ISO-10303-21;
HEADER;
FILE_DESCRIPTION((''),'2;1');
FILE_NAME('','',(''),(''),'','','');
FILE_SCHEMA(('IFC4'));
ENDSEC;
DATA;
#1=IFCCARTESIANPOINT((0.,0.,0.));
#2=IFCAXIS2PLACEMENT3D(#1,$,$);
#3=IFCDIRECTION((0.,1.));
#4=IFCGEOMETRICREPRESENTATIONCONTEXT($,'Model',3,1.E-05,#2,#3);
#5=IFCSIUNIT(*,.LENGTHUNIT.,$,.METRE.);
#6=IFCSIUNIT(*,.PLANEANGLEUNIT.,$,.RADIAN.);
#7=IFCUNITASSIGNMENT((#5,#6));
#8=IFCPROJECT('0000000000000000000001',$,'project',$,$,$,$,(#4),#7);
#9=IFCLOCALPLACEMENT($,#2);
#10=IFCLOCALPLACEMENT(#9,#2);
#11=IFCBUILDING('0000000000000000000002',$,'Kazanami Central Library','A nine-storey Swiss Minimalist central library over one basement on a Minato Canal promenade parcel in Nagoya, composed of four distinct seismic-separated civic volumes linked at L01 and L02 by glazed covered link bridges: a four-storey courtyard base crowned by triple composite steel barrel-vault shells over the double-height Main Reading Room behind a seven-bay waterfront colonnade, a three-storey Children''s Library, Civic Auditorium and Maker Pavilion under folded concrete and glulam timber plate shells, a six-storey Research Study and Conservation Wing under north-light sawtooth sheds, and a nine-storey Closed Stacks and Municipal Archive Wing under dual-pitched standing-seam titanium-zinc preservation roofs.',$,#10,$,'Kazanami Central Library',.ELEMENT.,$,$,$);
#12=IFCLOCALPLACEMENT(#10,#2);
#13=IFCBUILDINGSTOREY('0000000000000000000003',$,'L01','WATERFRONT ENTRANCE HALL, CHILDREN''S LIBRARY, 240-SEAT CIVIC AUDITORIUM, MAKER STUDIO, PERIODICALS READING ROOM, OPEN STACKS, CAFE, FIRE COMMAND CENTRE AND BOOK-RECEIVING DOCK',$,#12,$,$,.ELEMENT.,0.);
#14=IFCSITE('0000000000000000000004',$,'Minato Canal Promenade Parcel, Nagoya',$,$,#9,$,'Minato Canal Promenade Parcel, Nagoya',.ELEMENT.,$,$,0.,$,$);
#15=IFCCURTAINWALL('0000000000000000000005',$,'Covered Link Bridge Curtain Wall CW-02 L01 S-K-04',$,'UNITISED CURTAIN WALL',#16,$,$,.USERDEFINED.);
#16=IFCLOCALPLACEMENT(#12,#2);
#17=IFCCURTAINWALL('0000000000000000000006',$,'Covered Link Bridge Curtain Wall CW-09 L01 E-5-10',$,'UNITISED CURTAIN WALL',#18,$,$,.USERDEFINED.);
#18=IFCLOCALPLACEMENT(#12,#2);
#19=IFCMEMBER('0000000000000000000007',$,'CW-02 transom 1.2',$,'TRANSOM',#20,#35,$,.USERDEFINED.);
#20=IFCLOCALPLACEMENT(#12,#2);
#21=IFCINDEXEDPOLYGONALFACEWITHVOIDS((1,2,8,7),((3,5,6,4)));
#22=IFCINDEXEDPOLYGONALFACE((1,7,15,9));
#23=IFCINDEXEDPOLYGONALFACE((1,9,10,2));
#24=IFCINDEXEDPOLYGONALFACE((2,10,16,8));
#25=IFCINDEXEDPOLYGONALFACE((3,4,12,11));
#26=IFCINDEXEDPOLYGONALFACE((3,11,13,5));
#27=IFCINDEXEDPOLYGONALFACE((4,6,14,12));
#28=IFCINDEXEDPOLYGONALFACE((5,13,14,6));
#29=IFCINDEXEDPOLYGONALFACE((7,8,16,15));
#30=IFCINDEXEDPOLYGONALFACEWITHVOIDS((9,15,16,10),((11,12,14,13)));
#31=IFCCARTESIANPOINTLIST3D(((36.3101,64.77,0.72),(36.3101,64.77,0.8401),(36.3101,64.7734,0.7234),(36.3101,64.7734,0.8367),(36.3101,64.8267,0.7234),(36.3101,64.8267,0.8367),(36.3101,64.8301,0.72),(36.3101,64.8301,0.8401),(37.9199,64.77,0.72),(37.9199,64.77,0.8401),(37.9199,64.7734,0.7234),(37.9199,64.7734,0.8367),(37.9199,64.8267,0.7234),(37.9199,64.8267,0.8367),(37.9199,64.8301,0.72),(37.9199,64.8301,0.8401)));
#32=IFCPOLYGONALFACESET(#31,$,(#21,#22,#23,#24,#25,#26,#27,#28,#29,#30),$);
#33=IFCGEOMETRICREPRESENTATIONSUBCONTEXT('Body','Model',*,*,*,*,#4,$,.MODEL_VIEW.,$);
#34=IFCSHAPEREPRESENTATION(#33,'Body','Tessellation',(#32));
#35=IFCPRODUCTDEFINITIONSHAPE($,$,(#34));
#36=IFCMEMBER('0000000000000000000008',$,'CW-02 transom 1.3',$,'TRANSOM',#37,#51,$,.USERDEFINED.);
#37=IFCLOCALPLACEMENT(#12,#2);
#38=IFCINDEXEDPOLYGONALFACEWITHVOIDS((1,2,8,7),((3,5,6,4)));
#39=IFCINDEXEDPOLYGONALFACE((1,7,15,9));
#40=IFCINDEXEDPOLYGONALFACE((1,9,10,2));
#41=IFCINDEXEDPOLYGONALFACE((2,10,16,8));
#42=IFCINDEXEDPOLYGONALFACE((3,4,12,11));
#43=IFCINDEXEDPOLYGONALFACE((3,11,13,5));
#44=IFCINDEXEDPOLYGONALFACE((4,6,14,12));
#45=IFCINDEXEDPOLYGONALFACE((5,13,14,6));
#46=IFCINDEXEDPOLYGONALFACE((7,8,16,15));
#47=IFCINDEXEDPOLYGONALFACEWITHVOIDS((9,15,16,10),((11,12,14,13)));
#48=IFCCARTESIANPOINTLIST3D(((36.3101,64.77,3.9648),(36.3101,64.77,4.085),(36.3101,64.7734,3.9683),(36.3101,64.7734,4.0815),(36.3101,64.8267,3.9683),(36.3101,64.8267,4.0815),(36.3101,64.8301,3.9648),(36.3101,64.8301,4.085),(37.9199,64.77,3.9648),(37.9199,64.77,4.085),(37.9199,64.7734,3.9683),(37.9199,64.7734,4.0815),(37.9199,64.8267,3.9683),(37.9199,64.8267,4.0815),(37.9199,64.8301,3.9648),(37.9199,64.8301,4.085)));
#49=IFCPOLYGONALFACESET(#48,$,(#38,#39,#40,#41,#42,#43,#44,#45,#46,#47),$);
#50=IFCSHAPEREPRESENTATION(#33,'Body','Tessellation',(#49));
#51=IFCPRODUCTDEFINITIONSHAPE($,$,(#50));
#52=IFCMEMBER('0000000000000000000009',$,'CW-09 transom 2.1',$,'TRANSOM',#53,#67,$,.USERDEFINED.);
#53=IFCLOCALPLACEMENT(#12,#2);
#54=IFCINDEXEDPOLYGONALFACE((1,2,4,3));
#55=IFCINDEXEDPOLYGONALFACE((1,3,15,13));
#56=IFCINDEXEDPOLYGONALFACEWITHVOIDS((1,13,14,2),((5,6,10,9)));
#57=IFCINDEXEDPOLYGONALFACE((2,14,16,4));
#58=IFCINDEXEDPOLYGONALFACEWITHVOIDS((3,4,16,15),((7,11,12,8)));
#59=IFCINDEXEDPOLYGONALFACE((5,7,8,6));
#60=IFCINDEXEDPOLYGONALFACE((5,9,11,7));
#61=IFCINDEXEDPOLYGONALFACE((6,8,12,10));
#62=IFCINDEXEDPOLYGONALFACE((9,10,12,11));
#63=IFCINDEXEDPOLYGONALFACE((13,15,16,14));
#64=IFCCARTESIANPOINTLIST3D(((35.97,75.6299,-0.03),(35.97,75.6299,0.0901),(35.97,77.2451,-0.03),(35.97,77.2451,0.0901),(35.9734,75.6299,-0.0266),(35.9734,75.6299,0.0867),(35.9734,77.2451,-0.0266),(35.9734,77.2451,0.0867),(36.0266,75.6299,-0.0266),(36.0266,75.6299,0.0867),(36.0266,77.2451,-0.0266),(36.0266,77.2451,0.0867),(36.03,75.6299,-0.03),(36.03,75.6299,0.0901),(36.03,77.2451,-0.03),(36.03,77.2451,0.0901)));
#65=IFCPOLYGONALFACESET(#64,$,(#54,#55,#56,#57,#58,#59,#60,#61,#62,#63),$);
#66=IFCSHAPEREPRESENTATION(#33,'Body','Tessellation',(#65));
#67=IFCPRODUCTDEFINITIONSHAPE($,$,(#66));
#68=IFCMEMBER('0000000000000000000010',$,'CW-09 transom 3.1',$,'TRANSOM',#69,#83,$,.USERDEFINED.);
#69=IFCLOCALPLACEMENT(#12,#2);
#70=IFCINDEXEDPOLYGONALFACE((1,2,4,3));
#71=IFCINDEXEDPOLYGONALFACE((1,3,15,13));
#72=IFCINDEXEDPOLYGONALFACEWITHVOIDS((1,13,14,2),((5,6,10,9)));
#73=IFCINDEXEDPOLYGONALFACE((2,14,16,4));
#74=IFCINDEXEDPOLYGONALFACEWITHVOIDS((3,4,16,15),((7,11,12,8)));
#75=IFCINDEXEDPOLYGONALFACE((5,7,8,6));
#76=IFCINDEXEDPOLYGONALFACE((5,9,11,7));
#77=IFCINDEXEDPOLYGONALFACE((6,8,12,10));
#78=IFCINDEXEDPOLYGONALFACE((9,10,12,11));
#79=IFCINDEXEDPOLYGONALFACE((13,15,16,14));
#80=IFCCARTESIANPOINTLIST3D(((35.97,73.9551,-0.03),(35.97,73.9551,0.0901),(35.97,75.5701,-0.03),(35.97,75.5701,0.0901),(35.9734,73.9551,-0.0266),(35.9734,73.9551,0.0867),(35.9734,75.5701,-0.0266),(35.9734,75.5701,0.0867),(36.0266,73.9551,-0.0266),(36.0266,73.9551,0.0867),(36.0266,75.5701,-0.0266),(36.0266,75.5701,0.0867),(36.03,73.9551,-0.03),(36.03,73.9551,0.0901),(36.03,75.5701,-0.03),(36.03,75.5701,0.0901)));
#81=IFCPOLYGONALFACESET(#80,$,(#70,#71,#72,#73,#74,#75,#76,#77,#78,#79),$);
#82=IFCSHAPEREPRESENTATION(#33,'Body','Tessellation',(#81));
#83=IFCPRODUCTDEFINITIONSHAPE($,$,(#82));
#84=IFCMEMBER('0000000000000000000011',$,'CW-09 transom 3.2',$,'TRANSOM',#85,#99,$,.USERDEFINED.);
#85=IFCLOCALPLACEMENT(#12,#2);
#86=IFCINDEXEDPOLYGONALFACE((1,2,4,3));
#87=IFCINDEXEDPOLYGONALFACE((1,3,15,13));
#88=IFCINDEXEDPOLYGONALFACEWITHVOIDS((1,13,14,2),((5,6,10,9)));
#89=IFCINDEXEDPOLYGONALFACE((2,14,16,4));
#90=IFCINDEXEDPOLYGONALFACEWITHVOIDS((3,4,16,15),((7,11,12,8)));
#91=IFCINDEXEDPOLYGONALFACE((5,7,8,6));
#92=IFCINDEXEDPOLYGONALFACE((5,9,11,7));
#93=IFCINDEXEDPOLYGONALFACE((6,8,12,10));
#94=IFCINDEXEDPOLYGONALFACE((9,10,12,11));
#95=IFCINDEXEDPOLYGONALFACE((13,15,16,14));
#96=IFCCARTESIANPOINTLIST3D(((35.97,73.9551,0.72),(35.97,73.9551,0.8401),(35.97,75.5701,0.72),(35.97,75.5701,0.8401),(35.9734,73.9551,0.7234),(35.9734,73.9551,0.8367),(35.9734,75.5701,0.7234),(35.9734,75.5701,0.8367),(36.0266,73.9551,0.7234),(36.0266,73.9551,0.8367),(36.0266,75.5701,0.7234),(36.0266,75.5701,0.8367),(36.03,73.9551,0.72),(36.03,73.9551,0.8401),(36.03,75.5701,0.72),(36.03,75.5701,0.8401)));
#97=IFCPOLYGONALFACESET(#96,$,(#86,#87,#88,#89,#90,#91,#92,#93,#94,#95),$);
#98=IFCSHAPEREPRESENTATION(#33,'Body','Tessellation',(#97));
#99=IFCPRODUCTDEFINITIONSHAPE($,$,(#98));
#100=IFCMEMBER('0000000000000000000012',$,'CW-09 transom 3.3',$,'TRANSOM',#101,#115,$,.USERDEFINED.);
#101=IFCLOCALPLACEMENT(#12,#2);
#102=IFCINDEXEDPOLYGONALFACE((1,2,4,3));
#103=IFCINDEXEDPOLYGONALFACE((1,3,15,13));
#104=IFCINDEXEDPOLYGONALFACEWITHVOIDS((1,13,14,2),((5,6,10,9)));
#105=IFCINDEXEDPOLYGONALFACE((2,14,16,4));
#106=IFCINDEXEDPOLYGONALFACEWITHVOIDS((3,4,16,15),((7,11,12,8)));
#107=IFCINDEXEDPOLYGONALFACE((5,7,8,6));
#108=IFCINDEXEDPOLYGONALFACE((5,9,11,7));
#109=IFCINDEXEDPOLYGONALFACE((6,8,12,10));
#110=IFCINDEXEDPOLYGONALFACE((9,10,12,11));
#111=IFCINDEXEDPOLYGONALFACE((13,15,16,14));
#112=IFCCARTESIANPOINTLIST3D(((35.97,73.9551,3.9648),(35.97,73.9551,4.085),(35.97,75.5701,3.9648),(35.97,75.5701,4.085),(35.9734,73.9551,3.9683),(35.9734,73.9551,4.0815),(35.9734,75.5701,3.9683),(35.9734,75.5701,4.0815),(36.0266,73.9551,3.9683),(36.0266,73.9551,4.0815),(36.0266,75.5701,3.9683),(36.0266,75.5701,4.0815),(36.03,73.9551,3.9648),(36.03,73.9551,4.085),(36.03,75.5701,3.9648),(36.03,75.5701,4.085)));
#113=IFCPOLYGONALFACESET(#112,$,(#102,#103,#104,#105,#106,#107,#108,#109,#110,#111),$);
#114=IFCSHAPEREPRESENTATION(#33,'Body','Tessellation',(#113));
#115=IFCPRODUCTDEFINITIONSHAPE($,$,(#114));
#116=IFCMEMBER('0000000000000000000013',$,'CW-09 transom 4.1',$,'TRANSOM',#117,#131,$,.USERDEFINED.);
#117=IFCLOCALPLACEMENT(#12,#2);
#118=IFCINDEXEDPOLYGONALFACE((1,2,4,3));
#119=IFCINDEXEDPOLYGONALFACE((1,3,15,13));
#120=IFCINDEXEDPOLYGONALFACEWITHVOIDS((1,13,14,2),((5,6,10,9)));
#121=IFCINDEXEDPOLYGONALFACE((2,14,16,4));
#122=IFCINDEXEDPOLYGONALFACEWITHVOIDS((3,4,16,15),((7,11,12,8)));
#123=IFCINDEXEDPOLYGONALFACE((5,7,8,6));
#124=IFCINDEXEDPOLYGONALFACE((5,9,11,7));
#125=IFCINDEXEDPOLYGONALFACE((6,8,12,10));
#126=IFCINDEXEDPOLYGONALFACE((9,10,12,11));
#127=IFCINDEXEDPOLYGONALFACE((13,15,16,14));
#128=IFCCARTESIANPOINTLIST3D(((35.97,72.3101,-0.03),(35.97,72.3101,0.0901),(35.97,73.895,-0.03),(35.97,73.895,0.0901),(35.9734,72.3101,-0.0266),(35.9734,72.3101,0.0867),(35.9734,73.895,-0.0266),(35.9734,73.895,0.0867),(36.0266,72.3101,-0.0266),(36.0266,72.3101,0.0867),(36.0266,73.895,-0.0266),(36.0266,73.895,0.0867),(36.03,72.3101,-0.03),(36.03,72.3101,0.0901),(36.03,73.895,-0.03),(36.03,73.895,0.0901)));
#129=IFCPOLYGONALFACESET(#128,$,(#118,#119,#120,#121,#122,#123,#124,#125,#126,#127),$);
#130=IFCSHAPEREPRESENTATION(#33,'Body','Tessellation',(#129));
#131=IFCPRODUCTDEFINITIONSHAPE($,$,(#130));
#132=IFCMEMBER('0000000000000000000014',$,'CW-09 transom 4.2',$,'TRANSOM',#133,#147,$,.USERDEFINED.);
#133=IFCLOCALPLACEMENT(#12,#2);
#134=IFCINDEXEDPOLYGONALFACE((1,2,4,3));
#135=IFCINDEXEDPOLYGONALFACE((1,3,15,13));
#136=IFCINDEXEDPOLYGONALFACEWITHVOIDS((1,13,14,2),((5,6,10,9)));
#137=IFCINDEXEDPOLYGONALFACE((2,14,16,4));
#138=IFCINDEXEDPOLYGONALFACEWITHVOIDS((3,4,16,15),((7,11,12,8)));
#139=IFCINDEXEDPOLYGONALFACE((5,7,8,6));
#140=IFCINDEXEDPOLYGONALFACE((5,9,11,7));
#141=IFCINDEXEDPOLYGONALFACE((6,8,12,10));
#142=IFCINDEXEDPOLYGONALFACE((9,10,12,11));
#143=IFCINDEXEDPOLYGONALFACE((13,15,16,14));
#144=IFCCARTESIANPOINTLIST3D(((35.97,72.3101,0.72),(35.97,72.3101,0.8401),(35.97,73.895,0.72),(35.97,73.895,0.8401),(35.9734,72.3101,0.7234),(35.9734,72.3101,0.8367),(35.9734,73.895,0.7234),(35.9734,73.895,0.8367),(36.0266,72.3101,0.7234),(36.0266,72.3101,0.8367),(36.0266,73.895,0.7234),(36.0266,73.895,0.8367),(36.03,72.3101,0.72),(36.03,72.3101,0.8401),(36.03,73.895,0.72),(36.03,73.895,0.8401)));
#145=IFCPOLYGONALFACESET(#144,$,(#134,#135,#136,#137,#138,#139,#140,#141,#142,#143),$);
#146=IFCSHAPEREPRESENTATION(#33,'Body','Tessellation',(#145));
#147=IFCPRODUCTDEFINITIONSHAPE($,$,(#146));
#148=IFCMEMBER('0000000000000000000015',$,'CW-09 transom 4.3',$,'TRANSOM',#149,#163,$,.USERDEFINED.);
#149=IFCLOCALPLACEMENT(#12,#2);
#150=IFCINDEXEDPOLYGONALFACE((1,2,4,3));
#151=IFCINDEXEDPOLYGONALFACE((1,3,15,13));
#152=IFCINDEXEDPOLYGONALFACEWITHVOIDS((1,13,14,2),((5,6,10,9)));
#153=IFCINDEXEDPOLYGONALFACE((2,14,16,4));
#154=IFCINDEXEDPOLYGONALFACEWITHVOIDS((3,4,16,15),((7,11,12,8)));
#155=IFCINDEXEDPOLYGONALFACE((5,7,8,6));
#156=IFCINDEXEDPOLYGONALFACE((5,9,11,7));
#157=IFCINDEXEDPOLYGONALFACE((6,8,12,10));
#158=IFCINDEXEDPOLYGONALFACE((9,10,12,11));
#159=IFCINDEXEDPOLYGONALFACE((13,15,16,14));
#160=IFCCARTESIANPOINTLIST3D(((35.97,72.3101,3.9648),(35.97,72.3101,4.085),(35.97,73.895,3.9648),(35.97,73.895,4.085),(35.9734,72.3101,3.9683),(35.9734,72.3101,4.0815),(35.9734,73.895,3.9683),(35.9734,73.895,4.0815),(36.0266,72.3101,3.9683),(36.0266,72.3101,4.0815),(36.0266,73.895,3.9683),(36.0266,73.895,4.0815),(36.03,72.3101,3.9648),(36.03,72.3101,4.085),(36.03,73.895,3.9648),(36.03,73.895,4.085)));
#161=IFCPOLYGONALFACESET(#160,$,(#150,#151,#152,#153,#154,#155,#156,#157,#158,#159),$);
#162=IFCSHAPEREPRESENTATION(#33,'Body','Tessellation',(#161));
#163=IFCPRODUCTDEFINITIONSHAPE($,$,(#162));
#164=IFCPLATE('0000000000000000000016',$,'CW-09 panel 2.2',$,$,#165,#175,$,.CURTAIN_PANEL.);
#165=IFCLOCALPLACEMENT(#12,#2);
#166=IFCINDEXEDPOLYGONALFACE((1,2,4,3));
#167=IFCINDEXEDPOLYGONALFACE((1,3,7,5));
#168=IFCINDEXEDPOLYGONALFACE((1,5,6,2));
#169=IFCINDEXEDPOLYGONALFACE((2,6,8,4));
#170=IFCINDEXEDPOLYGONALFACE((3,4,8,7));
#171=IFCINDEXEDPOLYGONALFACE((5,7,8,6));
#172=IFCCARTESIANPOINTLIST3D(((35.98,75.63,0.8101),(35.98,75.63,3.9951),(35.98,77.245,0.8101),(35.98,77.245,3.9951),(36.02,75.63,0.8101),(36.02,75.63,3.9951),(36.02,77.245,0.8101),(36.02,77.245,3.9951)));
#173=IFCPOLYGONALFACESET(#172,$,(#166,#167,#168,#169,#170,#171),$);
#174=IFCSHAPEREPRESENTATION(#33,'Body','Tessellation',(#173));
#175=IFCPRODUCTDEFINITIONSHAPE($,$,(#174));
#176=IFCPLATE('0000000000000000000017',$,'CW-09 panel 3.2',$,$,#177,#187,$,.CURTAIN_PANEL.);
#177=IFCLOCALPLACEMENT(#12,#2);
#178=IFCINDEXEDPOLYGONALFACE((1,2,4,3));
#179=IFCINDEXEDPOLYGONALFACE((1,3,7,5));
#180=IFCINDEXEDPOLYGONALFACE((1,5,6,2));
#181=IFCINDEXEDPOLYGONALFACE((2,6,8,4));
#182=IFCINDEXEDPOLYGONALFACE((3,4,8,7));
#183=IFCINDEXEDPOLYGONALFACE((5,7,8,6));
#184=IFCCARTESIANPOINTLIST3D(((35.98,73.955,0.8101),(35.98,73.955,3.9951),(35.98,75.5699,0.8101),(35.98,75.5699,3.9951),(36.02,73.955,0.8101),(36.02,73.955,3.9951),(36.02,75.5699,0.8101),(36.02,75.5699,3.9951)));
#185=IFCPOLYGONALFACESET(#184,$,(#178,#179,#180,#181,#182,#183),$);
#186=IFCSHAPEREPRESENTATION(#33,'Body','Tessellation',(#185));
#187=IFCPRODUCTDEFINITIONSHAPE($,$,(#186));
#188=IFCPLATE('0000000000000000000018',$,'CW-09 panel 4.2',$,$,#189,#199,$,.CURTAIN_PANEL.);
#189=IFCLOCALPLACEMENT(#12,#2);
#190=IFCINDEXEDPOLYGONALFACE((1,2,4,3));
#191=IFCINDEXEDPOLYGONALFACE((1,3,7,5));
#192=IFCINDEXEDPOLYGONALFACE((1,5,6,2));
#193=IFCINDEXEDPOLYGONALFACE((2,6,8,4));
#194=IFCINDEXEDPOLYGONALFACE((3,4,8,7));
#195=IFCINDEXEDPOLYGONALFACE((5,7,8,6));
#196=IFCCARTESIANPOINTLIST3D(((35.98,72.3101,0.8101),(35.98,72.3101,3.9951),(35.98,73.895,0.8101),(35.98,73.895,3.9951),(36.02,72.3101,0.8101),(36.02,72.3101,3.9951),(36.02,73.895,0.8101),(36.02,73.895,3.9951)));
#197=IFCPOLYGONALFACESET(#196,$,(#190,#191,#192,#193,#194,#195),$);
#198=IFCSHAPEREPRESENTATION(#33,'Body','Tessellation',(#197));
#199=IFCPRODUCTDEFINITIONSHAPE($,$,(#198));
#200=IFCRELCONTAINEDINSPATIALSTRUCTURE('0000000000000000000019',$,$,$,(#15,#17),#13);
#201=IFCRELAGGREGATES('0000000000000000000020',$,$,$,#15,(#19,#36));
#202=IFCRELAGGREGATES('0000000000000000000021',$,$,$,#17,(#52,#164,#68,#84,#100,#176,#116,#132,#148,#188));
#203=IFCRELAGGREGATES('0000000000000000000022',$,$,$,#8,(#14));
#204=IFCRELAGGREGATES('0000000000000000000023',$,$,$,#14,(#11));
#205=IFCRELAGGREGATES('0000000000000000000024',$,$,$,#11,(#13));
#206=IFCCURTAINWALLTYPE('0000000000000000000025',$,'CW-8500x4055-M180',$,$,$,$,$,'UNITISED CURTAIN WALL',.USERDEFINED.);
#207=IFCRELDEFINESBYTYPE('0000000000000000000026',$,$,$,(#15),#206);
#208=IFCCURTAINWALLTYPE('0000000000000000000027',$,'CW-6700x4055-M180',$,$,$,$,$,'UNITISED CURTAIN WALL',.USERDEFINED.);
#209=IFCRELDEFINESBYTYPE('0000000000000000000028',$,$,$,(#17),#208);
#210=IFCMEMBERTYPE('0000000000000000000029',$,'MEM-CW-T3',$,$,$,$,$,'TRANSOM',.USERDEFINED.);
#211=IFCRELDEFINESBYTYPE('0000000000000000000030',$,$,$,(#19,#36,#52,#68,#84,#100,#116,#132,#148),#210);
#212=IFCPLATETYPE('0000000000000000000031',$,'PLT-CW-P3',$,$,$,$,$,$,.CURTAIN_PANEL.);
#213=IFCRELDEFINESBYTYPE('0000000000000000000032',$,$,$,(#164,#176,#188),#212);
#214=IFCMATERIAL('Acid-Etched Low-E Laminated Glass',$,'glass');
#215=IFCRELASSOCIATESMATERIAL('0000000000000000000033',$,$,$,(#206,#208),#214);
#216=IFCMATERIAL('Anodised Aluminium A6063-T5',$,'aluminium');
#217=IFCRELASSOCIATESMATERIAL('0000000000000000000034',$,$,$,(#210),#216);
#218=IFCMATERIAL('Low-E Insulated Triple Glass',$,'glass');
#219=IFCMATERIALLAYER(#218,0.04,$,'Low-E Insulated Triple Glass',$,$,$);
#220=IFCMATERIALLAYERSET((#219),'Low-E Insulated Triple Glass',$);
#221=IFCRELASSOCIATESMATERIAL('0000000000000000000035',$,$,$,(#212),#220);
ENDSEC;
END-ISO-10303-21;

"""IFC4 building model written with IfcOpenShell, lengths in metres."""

from ifc_helpers import new_model, si_unit, direction, frame, origin, origin_2d, place, context, subcontext, project, spatial, rectangle, hollow_rectangle, extrude, material, layer, layer_set, material_profile, profile_set, type_object, element, aggregate, save


model = new_model("IFC4")

# Units and contexts
model_context = context("Model", 3, precision=1e-05, world=origin(), true_north=direction((0.0, 1.0)))
body_context = subcontext(model_context, "Body", "Model", "MODEL_VIEW")
ifc_project = project(units=[si_unit("LENGTHUNIT", "METRE"), si_unit("PLANEANGLEUNIT", "RADIAN")], contexts=[model_context])

# Site, building, storey
site_placement = place(None, origin())
site = spatial("IfcSite", under=ifc_project, at=site_placement, Name="Minato Canal Promenade Parcel, Nagoya", LongName="Minato Canal Promenade Parcel, Nagoya", CompositionType="ELEMENT", RefElevation=0.0)
building_placement = place(site_placement, origin())
building = spatial("IfcBuilding", under=site, at=building_placement, Name="Kazanami Central Library", Description="A nine-storey Swiss Minimalist central library over one basement on a Minato Canal promenade parcel in Nagoya, composed of four distinct seismic-separated civic volumes linked at L01 and L02 by glazed covered link bridges: a four-storey courtyard base crowned by triple composite steel barrel-vault shells over the double-height Main Reading Room behind a seven-bay waterfront colonnade, a three-storey Children's Library, Civic Auditorium and Maker Pavilion under folded concrete and glulam timber plate shells, a six-storey Research Study and Conservation Wing under north-light sawtooth sheds, and a nine-storey Closed Stacks and Municipal Archive Wing under dual-pitched standing-seam titanium-zinc preservation roofs.", LongName="Kazanami Central Library", CompositionType="ELEMENT")
storey_placement = place(building_placement, origin())
storey = spatial("IfcBuildingStorey", under=building, at=storey_placement, Name="L01", Description="WATERFRONT ENTRANCE HALL, CHILDREN'S LIBRARY, 240-SEAT CIVIC AUDITORIUM, MAKER STUDIO, PERIODICALS READING ROOM, OPEN STACKS, CAFE, FIRE COMMAND CENTRE AND BOOK-RECEIVING DOCK", CompositionType="ELEMENT", Elevation=0.0)

# Curtain wall
ifc_material_1 = material(Name="Acid-Etched Low-E Laminated Glass", Category="glass")
curtain_wall_type_1 = type_object("IfcCurtainWallType", Name="CW-8500x4055-M180", ElementType="UNITISED CURTAIN WALL", PredefinedType="USERDEFINED", material=ifc_material_1)
curtain_wall_1_placement = place(storey_placement, origin())
curtain_wall_1 = element("IfcCurtainWall", 1, at=curtain_wall_1_placement, inside=storey, type_object=curtain_wall_type_1, Name="Covered Link Bridge Curtain Wall CW-02 L01 S-K-04", ObjectType="UNITISED CURTAIN WALL", PredefinedType="USERDEFINED")
ifc_material_2 = material(Name="Anodised Aluminium A6063-T5", Category="aluminium")

# Curtain wall
curtain_wall_type_2 = type_object("IfcCurtainWallType", Name="CW-6700x4055-M180", ElementType="UNITISED CURTAIN WALL", PredefinedType="USERDEFINED", material=ifc_material_1)
curtain_wall_2_placement = place(storey_placement, origin())
curtain_wall_2 = element("IfcCurtainWall", 2, at=curtain_wall_2_placement, inside=storey, type_object=curtain_wall_type_2, Name="Covered Link Bridge Curtain Wall CW-09 L01 E-5-10", ObjectType="UNITISED CURTAIN WALL", PredefinedType="USERDEFINED")

# Members
ifc_material_profile_1 = material_profile(ifc_material_2, hollow_rectangle(XDim=0.0601, YDim=0.1201, WallThickness=0.0034, at=origin_2d()), Name="ALU-TRAN-60x120x3.5")
ifc_profile_set_1 = profile_set([ifc_material_profile_1], Name="Anodised Aluminium A6063-T5")
member_type_1 = type_object("IfcMemberType", Name="MEM-CW-T3", ElementType="TRANSOM", PredefinedType="USERDEFINED", material=ifc_profile_set_1)
member_1_placement = place(storey_placement, frame((36.3101, 64.8, 0.78), z_axis=(1.0, 0.0, 0.0), x_axis=(0.0, 1.0, 0.0)))
member_1 = element("IfcMember", 3, at=member_1_placement, type_object=member_type_1, Name="CW-02 transom 1.2", ObjectType="TRANSOM", PredefinedType="USERDEFINED", context=body_context, shape_type="SweptSolid", body=[
    extrude(hollow_rectangle(XDim=0.0601, YDim=0.1201, WallThickness=0.0034, at=origin_2d()), origin(), (0.0, 0.0, 1.0), 1.6099),
])
member_2_placement = place(storey_placement, frame((36.3101, 64.8, 4.0249), z_axis=(1.0, 0.0, 0.0), x_axis=(0.0, 1.0, 0.0)))
member_2 = element("IfcMember", 4, at=member_2_placement, type_object=member_type_1, Name="CW-02 transom 1.3", ObjectType="TRANSOM", PredefinedType="USERDEFINED", context=body_context, shape_type="SweptSolid", body=[
    extrude(hollow_rectangle(XDim=0.0601, YDim=0.1201, WallThickness=0.0034, at=origin_2d()), origin(), (0.0, 0.0, 1.0), 1.6099),
])
member_3_placement = place(storey_placement, frame((36.0, 77.2451, 0.03), z_axis=(0.0, -1.0, 0.0), x_axis=(1.0, 0.0, 0.0)))
member_3 = element("IfcMember", 5, at=member_3_placement, type_object=member_type_1, Name="CW-09 transom 2.1", ObjectType="TRANSOM", PredefinedType="USERDEFINED", context=body_context, shape_type="SweptSolid", body=[
    extrude(hollow_rectangle(XDim=0.0601, YDim=0.1201, WallThickness=0.0034, at=origin_2d()), origin(), (0.0, 0.0, 1.0), 1.6152),
])
member_4_placement = place(storey_placement, frame((36.0, 75.5701, 0.03), z_axis=(0.0, -1.0, 0.0), x_axis=(1.0, 0.0, 0.0)))
member_4 = element("IfcMember", 6, at=member_4_placement, type_object=member_type_1, Name="CW-09 transom 3.1", ObjectType="TRANSOM", PredefinedType="USERDEFINED", context=body_context, shape_type="SweptSolid", body=[
    extrude(hollow_rectangle(XDim=0.0601, YDim=0.1201, WallThickness=0.0034, at=origin_2d()), origin(), (0.0, 0.0, 1.0), 1.615),
])
member_5_placement = place(storey_placement, frame((36.0, 75.5701, 0.78), z_axis=(0.0, -1.0, 0.0), x_axis=(1.0, 0.0, 0.0)))
member_5 = element("IfcMember", 7, at=member_5_placement, type_object=member_type_1, Name="CW-09 transom 3.2", ObjectType="TRANSOM", PredefinedType="USERDEFINED", context=body_context, shape_type="SweptSolid", body=[
    extrude(hollow_rectangle(XDim=0.0601, YDim=0.1201, WallThickness=0.0034, at=origin_2d()), origin(), (0.0, 0.0, 1.0), 1.615),
])
member_6_placement = place(storey_placement, frame((36.0, 75.5701, 4.0249), z_axis=(0.0, -1.0, 0.0), x_axis=(1.0, 0.0, 0.0)))
member_6 = element("IfcMember", 8, at=member_6_placement, type_object=member_type_1, Name="CW-09 transom 3.3", ObjectType="TRANSOM", PredefinedType="USERDEFINED", context=body_context, shape_type="SweptSolid", body=[
    extrude(hollow_rectangle(XDim=0.0601, YDim=0.1201, WallThickness=0.0034, at=origin_2d()), origin(), (0.0, 0.0, 1.0), 1.615),
])
member_7_placement = place(storey_placement, frame((36.0, 73.895, 0.03), z_axis=(0.0, -1.0, 0.0), x_axis=(1.0, 0.0, 0.0)))
member_7 = element("IfcMember", 9, at=member_7_placement, type_object=member_type_1, Name="CW-09 transom 4.1", ObjectType="TRANSOM", PredefinedType="USERDEFINED", context=body_context, shape_type="SweptSolid", body=[
    extrude(hollow_rectangle(XDim=0.0601, YDim=0.1201, WallThickness=0.0034, at=origin_2d()), origin(), (0.0, 0.0, 1.0), 1.585),
])
member_8_placement = place(storey_placement, frame((36.0, 73.895, 0.78), z_axis=(0.0, -1.0, 0.0), x_axis=(1.0, 0.0, 0.0)))
member_8 = element("IfcMember", 10, at=member_8_placement, type_object=member_type_1, Name="CW-09 transom 4.2", ObjectType="TRANSOM", PredefinedType="USERDEFINED", context=body_context, shape_type="SweptSolid", body=[
    extrude(hollow_rectangle(XDim=0.0601, YDim=0.1201, WallThickness=0.0034, at=origin_2d()), origin(), (0.0, 0.0, 1.0), 1.585),
])
member_9_placement = place(storey_placement, frame((36.0, 73.895, 4.0249), z_axis=(0.0, -1.0, 0.0), x_axis=(1.0, 0.0, 0.0)))
member_9 = element("IfcMember", 11, at=member_9_placement, type_object=member_type_1, Name="CW-09 transom 4.3", ObjectType="TRANSOM", PredefinedType="USERDEFINED", context=body_context, shape_type="SweptSolid", body=[
    extrude(hollow_rectangle(XDim=0.0601, YDim=0.1201, WallThickness=0.0034, at=origin_2d()), origin(), (0.0, 0.0, 1.0), 1.585),
])

# Plates
ifc_material_3 = material(Name="Low-E Insulated Triple Glass", Category="glass")
ifc_layer_1 = layer(ifc_material_3, 0.04, Name="Low-E Insulated Triple Glass")
ifc_layer_set_1 = layer_set([ifc_layer_1], Name="Low-E Insulated Triple Glass")
plate_type_1 = type_object("IfcPlateType", Name="PLT-CW-P3", PredefinedType="CURTAIN_PANEL", material=ifc_layer_set_1)
plate_1_placement = place(storey_placement, frame((36.0, 76.4375, 0.8101), z_axis=(0.0, 0.0, 1.0), x_axis=(0.0, -1.0, 0.0)))
plate_1 = element("IfcPlate", 12, at=plate_1_placement, type_object=plate_type_1, Name="CW-09 panel 2.2", PredefinedType="CURTAIN_PANEL", context=body_context, shape_type="SweptSolid", body=[
    extrude(rectangle(XDim=1.615, YDim=0.04, at=origin_2d()), origin(), (0.0, 0.0, 1.0), 3.1851),
])
plate_2_placement = place(storey_placement, frame((36.0, 74.7625, 0.8101), z_axis=(0.0, 0.0, 1.0), x_axis=(0.0, -1.0, 0.0)))
plate_2 = element("IfcPlate", 13, at=plate_2_placement, type_object=plate_type_1, Name="CW-09 panel 3.2", PredefinedType="CURTAIN_PANEL", context=body_context, shape_type="SweptSolid", body=[
    extrude(rectangle(XDim=1.615, YDim=0.04, at=origin_2d()), origin(), (0.0, 0.0, 1.0), 3.1851),
])
plate_3_placement = place(storey_placement, frame((36.0, 73.1025, 0.8101), z_axis=(0.0, 0.0, 1.0), x_axis=(0.0, -1.0, 0.0)))
plate_3 = element("IfcPlate", 14, at=plate_3_placement, type_object=plate_type_1, Name="CW-09 panel 4.2", PredefinedType="CURTAIN_PANEL", context=body_context, shape_type="SweptSolid", body=[
    extrude(rectangle(XDim=1.585, YDim=0.04, at=origin_2d()), origin(), (0.0, 0.0, 1.0), 3.1851),
])
aggregate(curtain_wall_1, [member_1, member_2])
aggregate(curtain_wall_2, [member_3, plate_1, member_4, member_5, member_6, plate_2, member_7, member_8, member_9, plate_3])

save(model, "model.ifc")
